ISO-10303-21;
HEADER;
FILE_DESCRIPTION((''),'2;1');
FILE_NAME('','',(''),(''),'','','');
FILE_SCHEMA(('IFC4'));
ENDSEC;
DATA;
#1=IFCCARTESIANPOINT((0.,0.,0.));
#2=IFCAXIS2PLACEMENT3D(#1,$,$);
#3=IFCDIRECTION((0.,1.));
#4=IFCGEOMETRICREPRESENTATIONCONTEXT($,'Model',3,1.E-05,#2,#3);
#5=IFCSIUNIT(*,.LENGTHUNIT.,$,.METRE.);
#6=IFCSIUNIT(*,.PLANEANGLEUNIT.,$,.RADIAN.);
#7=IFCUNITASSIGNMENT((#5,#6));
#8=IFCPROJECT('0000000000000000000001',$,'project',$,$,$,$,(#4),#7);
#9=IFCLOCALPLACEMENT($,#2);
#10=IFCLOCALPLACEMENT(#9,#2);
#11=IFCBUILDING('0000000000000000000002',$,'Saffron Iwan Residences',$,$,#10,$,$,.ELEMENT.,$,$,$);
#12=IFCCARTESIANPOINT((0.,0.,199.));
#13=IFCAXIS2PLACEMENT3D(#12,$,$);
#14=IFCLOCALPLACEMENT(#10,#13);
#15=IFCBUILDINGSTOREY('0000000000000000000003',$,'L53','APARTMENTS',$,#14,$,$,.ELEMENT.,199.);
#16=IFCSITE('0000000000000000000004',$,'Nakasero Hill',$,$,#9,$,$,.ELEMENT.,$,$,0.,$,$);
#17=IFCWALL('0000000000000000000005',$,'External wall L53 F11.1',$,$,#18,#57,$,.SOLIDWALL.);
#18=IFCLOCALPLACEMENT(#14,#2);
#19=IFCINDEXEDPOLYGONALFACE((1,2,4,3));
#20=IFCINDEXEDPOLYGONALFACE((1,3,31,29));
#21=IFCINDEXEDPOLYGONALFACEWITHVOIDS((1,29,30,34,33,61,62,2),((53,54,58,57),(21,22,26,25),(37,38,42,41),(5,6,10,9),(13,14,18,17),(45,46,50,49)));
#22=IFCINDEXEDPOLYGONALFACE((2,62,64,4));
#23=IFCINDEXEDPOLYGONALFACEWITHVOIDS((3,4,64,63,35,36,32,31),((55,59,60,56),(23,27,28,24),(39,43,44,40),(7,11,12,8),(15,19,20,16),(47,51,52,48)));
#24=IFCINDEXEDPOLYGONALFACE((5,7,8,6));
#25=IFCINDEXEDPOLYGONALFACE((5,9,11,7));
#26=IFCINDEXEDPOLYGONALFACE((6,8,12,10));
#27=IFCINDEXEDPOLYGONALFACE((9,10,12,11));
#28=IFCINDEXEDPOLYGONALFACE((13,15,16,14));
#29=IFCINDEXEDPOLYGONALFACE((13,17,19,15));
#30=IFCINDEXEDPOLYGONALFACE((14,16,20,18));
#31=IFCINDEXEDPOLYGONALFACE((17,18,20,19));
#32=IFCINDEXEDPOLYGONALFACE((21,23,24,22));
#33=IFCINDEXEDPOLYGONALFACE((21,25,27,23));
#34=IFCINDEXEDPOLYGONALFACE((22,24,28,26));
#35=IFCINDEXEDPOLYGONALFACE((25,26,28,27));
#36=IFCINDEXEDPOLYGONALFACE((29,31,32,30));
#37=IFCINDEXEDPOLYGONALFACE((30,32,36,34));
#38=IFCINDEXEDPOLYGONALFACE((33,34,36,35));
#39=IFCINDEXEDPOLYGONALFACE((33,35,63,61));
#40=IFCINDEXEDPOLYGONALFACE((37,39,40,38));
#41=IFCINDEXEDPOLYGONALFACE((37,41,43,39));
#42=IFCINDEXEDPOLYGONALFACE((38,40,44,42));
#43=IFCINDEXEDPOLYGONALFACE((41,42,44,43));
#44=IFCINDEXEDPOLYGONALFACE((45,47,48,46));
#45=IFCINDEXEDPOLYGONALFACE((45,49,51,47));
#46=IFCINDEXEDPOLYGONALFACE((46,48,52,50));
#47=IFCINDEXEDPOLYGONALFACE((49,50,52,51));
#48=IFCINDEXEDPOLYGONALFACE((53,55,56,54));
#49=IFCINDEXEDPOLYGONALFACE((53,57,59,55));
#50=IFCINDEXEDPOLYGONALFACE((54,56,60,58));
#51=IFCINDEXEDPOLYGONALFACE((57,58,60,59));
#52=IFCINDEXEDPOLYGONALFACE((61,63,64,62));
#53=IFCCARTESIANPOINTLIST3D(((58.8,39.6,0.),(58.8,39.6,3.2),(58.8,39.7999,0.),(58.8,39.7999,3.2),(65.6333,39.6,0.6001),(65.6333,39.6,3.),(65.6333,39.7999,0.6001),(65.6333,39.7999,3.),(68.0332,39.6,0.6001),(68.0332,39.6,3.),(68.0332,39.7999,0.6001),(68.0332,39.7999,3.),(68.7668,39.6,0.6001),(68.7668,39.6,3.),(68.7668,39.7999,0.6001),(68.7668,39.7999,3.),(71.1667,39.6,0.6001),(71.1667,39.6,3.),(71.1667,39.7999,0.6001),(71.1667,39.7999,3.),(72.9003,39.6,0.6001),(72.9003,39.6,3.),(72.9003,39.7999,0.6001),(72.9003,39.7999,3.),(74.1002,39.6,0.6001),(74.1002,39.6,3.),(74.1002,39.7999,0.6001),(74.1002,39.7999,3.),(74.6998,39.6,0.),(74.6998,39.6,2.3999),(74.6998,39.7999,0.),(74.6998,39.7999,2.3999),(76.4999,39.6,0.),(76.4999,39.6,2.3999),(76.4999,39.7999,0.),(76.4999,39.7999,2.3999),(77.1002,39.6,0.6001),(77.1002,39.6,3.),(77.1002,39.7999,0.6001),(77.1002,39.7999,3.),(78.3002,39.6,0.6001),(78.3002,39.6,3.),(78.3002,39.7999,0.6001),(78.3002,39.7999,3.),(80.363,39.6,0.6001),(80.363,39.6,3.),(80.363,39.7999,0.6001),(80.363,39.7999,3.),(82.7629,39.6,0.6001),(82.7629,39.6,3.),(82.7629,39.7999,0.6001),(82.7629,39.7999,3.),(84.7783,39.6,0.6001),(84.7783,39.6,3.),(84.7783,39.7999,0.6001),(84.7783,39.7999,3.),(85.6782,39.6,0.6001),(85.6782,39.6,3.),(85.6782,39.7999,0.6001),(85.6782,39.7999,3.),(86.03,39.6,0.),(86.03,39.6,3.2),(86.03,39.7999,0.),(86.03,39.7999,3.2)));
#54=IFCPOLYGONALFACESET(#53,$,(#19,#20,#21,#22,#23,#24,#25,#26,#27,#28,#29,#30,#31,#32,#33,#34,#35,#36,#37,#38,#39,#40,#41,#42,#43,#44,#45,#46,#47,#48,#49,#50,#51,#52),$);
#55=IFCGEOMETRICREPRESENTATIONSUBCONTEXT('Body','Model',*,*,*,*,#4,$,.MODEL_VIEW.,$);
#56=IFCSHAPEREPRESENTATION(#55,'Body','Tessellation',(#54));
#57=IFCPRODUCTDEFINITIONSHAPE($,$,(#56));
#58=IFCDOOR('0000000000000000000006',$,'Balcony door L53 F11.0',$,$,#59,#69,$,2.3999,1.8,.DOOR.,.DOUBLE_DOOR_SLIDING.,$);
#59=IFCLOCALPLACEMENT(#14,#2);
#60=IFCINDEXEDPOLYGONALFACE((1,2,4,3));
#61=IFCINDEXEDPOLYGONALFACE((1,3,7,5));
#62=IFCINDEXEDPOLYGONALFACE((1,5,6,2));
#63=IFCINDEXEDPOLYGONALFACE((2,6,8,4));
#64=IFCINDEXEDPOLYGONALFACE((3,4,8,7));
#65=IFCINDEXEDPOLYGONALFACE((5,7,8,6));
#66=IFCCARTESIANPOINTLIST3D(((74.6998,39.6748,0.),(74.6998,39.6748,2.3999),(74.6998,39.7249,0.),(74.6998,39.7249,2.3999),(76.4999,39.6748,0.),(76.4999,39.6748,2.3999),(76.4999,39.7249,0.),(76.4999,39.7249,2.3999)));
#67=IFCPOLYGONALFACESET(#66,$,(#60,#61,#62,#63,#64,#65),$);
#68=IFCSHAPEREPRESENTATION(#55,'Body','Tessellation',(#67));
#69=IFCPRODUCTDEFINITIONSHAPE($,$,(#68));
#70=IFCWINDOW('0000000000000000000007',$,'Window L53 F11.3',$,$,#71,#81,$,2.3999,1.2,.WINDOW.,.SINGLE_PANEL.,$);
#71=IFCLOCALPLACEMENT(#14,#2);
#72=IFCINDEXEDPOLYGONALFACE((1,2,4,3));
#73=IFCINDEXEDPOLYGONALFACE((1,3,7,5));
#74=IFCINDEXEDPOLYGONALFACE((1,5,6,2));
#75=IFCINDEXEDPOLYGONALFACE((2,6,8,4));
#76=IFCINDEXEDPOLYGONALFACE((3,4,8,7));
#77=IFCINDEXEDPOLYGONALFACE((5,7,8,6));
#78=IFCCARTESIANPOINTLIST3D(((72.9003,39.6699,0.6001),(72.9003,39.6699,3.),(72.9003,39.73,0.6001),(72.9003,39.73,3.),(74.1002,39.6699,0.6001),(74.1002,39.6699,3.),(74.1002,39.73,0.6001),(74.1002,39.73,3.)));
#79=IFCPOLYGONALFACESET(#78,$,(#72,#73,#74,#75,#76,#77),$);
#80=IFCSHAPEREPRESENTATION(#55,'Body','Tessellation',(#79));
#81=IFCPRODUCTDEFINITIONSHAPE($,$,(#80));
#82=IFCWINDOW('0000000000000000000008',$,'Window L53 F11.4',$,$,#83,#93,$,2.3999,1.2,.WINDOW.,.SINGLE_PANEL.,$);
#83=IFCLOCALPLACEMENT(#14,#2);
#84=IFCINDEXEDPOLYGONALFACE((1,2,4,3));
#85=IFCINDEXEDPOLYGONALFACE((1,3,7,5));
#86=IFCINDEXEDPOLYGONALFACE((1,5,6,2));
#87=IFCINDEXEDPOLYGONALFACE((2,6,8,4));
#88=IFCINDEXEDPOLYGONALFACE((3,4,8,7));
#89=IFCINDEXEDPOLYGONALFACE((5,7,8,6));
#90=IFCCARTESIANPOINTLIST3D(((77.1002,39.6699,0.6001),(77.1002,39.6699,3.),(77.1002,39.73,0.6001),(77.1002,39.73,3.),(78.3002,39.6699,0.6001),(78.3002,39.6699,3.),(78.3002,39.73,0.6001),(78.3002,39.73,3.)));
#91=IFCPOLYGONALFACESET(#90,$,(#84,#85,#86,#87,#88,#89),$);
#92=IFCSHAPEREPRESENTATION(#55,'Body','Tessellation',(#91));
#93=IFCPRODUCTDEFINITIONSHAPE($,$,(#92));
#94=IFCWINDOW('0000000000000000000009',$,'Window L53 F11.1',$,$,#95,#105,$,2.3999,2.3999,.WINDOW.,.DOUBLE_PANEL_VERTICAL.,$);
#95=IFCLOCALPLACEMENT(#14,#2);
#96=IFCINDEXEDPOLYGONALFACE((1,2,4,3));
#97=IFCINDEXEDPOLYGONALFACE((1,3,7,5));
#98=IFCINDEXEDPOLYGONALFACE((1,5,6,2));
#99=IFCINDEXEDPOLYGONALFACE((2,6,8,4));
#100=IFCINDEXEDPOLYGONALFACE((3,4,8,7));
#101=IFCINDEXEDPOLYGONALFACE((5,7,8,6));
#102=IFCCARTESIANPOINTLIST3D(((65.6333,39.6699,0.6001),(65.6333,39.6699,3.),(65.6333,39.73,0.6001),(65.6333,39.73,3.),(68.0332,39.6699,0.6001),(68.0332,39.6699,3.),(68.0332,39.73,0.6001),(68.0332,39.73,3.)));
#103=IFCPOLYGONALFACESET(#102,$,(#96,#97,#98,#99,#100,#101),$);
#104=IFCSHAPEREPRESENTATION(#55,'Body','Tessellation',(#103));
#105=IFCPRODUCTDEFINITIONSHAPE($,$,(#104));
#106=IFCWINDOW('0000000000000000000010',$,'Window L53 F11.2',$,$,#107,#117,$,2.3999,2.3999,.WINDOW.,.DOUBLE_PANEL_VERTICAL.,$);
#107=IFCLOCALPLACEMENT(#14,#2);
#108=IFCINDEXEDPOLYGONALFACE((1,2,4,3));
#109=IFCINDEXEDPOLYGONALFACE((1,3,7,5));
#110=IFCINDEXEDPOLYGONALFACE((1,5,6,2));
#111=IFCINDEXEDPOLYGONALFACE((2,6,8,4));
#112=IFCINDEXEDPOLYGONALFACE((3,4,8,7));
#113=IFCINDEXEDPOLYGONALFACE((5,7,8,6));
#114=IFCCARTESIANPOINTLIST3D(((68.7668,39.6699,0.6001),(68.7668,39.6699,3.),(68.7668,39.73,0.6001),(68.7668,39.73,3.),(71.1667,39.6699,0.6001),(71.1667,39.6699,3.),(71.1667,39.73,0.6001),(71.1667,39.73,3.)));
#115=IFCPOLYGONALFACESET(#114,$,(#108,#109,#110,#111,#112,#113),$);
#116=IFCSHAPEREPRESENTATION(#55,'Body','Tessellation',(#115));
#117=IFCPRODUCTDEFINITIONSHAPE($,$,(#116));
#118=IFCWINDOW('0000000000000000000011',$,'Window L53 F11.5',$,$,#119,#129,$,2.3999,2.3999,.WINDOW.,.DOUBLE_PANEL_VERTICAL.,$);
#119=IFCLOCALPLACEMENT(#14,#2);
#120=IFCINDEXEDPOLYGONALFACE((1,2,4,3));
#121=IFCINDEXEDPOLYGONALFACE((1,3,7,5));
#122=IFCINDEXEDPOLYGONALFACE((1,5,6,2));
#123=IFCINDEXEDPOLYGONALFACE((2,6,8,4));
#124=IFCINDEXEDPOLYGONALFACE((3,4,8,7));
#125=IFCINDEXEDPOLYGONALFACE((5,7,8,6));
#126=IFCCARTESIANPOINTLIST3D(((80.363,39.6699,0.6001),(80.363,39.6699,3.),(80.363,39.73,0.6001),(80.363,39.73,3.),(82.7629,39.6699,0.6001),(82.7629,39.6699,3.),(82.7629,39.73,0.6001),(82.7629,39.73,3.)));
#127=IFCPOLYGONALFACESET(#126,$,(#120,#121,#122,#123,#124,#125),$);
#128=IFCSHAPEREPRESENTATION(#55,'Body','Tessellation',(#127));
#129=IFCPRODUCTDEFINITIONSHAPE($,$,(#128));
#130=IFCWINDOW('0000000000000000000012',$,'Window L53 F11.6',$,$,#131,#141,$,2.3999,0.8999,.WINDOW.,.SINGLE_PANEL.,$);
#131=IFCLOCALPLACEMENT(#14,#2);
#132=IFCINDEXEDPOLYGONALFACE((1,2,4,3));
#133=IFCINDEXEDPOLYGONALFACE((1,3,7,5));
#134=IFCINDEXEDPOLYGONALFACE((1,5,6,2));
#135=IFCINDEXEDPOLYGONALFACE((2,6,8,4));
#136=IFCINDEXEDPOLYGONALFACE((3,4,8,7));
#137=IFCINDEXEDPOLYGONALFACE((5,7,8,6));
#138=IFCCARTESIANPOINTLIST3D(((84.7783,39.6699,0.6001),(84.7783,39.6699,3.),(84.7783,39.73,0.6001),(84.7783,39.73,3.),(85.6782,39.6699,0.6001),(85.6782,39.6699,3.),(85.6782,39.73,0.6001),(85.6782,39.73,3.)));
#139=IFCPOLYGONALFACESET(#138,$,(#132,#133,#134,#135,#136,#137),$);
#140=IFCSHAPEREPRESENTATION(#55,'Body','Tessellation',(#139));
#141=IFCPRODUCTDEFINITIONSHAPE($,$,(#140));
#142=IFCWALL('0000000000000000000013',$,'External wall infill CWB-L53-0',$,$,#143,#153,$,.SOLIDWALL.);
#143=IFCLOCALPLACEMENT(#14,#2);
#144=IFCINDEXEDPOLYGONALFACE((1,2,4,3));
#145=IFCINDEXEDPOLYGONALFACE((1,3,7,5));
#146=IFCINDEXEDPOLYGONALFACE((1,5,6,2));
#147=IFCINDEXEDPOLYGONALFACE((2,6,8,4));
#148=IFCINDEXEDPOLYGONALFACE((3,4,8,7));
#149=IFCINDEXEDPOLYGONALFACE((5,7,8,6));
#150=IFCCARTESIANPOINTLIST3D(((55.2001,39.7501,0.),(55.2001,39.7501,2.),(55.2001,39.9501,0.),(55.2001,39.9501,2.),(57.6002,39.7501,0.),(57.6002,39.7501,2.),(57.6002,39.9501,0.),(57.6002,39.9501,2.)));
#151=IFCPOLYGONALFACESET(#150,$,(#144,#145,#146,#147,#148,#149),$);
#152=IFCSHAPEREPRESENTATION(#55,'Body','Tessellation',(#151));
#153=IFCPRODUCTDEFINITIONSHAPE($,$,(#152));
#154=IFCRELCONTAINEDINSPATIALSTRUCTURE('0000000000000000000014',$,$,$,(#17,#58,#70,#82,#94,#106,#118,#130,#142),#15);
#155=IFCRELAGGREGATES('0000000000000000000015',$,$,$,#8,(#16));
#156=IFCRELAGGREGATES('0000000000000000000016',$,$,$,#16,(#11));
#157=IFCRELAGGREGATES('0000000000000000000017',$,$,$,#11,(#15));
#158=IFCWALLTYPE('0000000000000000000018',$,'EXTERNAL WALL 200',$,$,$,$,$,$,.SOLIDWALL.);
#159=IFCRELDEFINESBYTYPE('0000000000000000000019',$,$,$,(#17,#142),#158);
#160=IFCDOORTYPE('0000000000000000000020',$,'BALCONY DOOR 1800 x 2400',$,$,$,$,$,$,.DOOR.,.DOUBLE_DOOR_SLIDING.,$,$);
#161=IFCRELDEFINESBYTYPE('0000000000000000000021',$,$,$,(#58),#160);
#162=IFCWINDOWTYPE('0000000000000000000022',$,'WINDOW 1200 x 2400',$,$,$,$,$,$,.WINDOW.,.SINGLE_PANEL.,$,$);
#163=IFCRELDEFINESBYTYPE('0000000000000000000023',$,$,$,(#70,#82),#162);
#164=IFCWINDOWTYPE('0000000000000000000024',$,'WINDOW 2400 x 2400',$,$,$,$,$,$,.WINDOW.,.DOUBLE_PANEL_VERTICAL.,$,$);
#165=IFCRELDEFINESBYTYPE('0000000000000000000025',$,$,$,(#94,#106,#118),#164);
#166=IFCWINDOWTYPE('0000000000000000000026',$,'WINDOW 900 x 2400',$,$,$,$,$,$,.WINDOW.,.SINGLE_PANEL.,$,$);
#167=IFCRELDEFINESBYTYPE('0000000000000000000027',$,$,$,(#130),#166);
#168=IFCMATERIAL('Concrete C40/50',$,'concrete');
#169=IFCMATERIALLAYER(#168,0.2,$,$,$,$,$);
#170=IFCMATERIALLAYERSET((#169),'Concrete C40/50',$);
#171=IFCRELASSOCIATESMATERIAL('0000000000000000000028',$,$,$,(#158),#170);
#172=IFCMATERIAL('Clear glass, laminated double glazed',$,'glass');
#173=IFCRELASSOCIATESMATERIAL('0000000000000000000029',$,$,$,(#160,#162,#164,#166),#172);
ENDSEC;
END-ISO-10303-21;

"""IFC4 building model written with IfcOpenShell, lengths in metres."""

from ifc_helpers import new_model, si_unit, direction, frame, frame_2d, origin, place, context, subcontext, project, spatial, rectangle, extrude, material, layer, layer_set, type_object, element, fill, save


model = new_model("IFC4")

# Units and contexts
model_context = context("Model", 3, precision=1e-05, world=origin(), true_north=direction((0.0, 1.0)))
body_context = subcontext(model_context, "Body", "Model", "MODEL_VIEW")
ifc_project = project(units=[si_unit("LENGTHUNIT", "METRE"), si_unit("PLANEANGLEUNIT", "RADIAN")], contexts=[model_context])

# Site, building, storey
site_placement = place(None, origin())
site = spatial("IfcSite", under=ifc_project, at=site_placement, Name="Nakasero Hill", CompositionType="ELEMENT", RefElevation=0.0)
building_placement = place(site_placement, origin())
building = spatial("IfcBuilding", under=site, at=building_placement, Name="Saffron Iwan Residences", CompositionType="ELEMENT")
storey_placement = place(building_placement, frame((0.0, 0.0, 199.0)))
storey = spatial("IfcBuildingStorey", under=building, at=storey_placement, Name="L53", Description="APARTMENTS", CompositionType="ELEMENT", Elevation=199.0)

# Shared definitions
ifc_material_1 = material(Name="Clear glass, laminated double glazed", Category="glass")

# Wall, openings, door, windows
ifc_material_2 = material(Name="Concrete C40/50", Category="concrete")
ifc_layer_1 = layer(ifc_material_2, 0.2)
ifc_layer_set_1 = layer_set([ifc_layer_1], Name="Concrete C40/50")
wall_type_1 = type_object("IfcWallType", Name="EXTERNAL WALL 200", PredefinedType="SOLIDWALL", material=ifc_layer_set_1)
wall_1_placement = place(storey_placement, frame((58.8, 39.7, 0.0), z_axis=(0.0, 0.0, 1.0), x_axis=(1.0, 0.0, 0.0)))
wall_1 = element("IfcWall", 1, at=wall_1_placement, inside=storey, type_object=wall_type_1, Name="External wall L53 F11.1", PredefinedType="SOLIDWALL", context=body_context, shape_type="SweptSolid", body=[
    extrude(rectangle(XDim=27.23, YDim=0.2, at=frame_2d((13.615, 0.0))), origin(), (0.0, 0.0, 1.0), 3.2),
])
opening_1_placement = place(wall_1_placement, frame((15.8999, 0.0, 0.0)))
opening_1 = element("IfcOpeningElement", 2, at=opening_1_placement, cuts=wall_1, PredefinedType="OPENING", context=body_context, shape_type="SweptSolid", body=[
    extrude(rectangle(XDim=1.8, YDim=2.3999, at=frame_2d((0.8999, 1.2))), frame((0.0, 0.1099, 0.0), z_axis=(0.0, -1.0, 0.0), x_axis=(1.0, 0.0, 0.0)), (0.0, 0.0, 1.0), 0.22),
])
opening_2_placement = place(wall_1_placement, frame((6.8333, 0.0, 0.6001)))
opening_2 = element("IfcOpeningElement", 3, at=opening_2_placement, cuts=wall_1, PredefinedType="OPENING", context=body_context, shape_type="SweptSolid", body=[
    extrude(rectangle(XDim=2.3999, YDim=2.3999, at=frame_2d((1.2, 1.2))), frame((0.0, 0.1099, 0.0), z_axis=(0.0, -1.0, 0.0), x_axis=(1.0, 0.0, 0.0)), (0.0, 0.0, 1.0), 0.22),
])
opening_3_placement = place(wall_1_placement, frame((9.9668, 0.0, 0.6001)))
opening_3 = element("IfcOpeningElement", 4, at=opening_3_placement, cuts=wall_1, PredefinedType="OPENING", context=body_context, shape_type="SweptSolid", body=[
    extrude(rectangle(XDim=2.3999, YDim=2.3999, at=frame_2d((1.2, 1.2))), frame((0.0, 0.1099, 0.0), z_axis=(0.0, -1.0, 0.0), x_axis=(1.0, 0.0, 0.0)), (0.0, 0.0, 1.0), 0.22),
])
opening_4_placement = place(wall_1_placement, frame((14.1001, 0.0, 0.6001)))
opening_4 = element("IfcOpeningElement", 5, at=opening_4_placement, cuts=wall_1, PredefinedType="OPENING", context=body_context, shape_type="SweptSolid", body=[
    extrude(rectangle(XDim=1.2, YDim=2.3999, at=frame_2d((0.6001, 1.2))), frame((0.0, 0.1099, 0.0), z_axis=(0.0, -1.0, 0.0), x_axis=(1.0, 0.0, 0.0)), (0.0, 0.0, 1.0), 0.22),
])
opening_5_placement = place(wall_1_placement, frame((18.3, 0.0, 0.6001)))
opening_5 = element("IfcOpeningElement", 6, at=opening_5_placement, cuts=wall_1, PredefinedType="OPENING", context=body_context, shape_type="SweptSolid", body=[
    extrude(rectangle(XDim=1.2, YDim=2.3999, at=frame_2d((0.6001, 1.2))), frame((0.0, 0.1099, 0.0), z_axis=(0.0, -1.0, 0.0), x_axis=(1.0, 0.0, 0.0)), (0.0, 0.0, 1.0), 0.22),
])
opening_6_placement = place(wall_1_placement, frame((21.563, 0.0, 0.6001)))
opening_6 = element("IfcOpeningElement", 7, at=opening_6_placement, cuts=wall_1, PredefinedType="OPENING", context=body_context, shape_type="SweptSolid", body=[
    extrude(rectangle(XDim=2.3999, YDim=2.3999, at=frame_2d((1.2, 1.2))), frame((0.0, 0.1099, 0.0), z_axis=(0.0, -1.0, 0.0), x_axis=(1.0, 0.0, 0.0)), (0.0, 0.0, 1.0), 0.22),
])
opening_7_placement = place(wall_1_placement, frame((25.9783, 0.0, 0.6001)))
opening_7 = element("IfcOpeningElement", 8, at=opening_7_placement, cuts=wall_1, PredefinedType="OPENING", context=body_context, shape_type="SweptSolid", body=[
    extrude(rectangle(XDim=0.8999, YDim=2.3999, at=frame_2d((0.45, 1.2))), frame((0.0, 0.1099, 0.0), z_axis=(0.0, -1.0, 0.0), x_axis=(1.0, 0.0, 0.0)), (0.0, 0.0, 1.0), 0.22),
])
door_type_1 = type_object("IfcDoorType", Name="BALCONY DOOR 1800 x 2400", OperationType="DOUBLE_DOOR_SLIDING", PredefinedType="DOOR", material=ifc_material_1)
door_1_placement = place(opening_1_placement, origin())
door_1 = element("IfcDoor", 9, at=door_1_placement, inside=storey, type_object=door_type_1, Name="Balcony door L53 F11.0", OperationType="DOUBLE_DOOR_SLIDING", OverallHeight=2.3999, OverallWidth=1.8, PredefinedType="DOOR", context=body_context, shape_type="SweptSolid", body=[
    extrude(rectangle(XDim=1.8, YDim=2.3999, at=frame_2d((0.8999, 1.2))), frame((0.0, 0.0249, 0.0), z_axis=(0.0, -1.0, 0.0), x_axis=(1.0, 0.0, 0.0)), (0.0, 0.0, 1.0), 0.05),
])
fill(opening_1, door_1)
window_type_1 = type_object("IfcWindowType", Name="WINDOW 1200 x 2400", PartitioningType="SINGLE_PANEL", PredefinedType="WINDOW", material=ifc_material_1)
window_1_placement = place(opening_4_placement, origin())
window_1 = element("IfcWindow", 10, at=window_1_placement, inside=storey, type_object=window_type_1, Name="Window L53 F11.3", OverallHeight=2.3999, OverallWidth=1.2, PartitioningType="SINGLE_PANEL", PredefinedType="WINDOW", context=body_context, shape_type="SweptSolid", body=[
    extrude(rectangle(XDim=1.2, YDim=2.3999, at=frame_2d((0.6001, 1.2))), frame((0.0, 0.03, 0.0), z_axis=(0.0, -1.0, 0.0), x_axis=(1.0, 0.0, 0.0)), (0.0, 0.0, 1.0), 0.0601),
])
fill(opening_4, window_1)
window_2_placement = place(opening_5_placement, origin())
window_2 = element("IfcWindow", 11, at=window_2_placement, inside=storey, type_object=window_type_1, Name="Window L53 F11.4", OverallHeight=2.3999, OverallWidth=1.2, PartitioningType="SINGLE_PANEL", PredefinedType="WINDOW", context=body_context, shape_type="SweptSolid", body=[
    extrude(rectangle(XDim=1.2, YDim=2.3999, at=frame_2d((0.6001, 1.2))), frame((0.0, 0.03, 0.0), z_axis=(0.0, -1.0, 0.0), x_axis=(1.0, 0.0, 0.0)), (0.0, 0.0, 1.0), 0.0601),
])
fill(opening_5, window_2)
window_type_2 = type_object("IfcWindowType", Name="WINDOW 2400 x 2400", PartitioningType="DOUBLE_PANEL_VERTICAL", PredefinedType="WINDOW", material=ifc_material_1)
window_3_placement = place(opening_2_placement, origin())
window_3 = element("IfcWindow", 12, at=window_3_placement, inside=storey, type_object=window_type_2, Name="Window L53 F11.1", OverallHeight=2.3999, OverallWidth=2.3999, PartitioningType="DOUBLE_PANEL_VERTICAL", PredefinedType="WINDOW", context=body_context, shape_type="SweptSolid", body=[
    extrude(rectangle(XDim=2.3999, YDim=2.3999, at=frame_2d((1.2, 1.2))), frame((0.0, 0.03, 0.0), z_axis=(0.0, -1.0, 0.0), x_axis=(1.0, 0.0, 0.0)), (0.0, 0.0, 1.0), 0.0601),
])
fill(opening_2, window_3)
window_4_placement = place(opening_3_placement, origin())
window_4 = element("IfcWindow", 13, at=window_4_placement, inside=storey, type_object=window_type_2, Name="Window L53 F11.2", OverallHeight=2.3999, OverallWidth=2.3999, PartitioningType="DOUBLE_PANEL_VERTICAL", PredefinedType="WINDOW", context=body_context, shape_type="SweptSolid", body=[
    extrude(rectangle(XDim=2.3999, YDim=2.3999, at=frame_2d((1.2, 1.2))), frame((0.0, 0.03, 0.0), z_axis=(0.0, -1.0, 0.0), x_axis=(1.0, 0.0, 0.0)), (0.0, 0.0, 1.0), 0.0601),
])
fill(opening_3, window_4)
window_5_placement = place(opening_6_placement, origin())
window_5 = element("IfcWindow", 14, at=window_5_placement, inside=storey, type_object=window_type_2, Name="Window L53 F11.5", OverallHeight=2.3999, OverallWidth=2.3999, PartitioningType="DOUBLE_PANEL_VERTICAL", PredefinedType="WINDOW", context=body_context, shape_type="SweptSolid", body=[
    extrude(rectangle(XDim=2.3999, YDim=2.3999, at=frame_2d((1.2, 1.2))), frame((0.0, 0.03, 0.0), z_axis=(0.0, -1.0, 0.0), x_axis=(1.0, 0.0, 0.0)), (0.0, 0.0, 1.0), 0.0601),
])
fill(opening_6, window_5)
window_type_3 = type_object("IfcWindowType", Name="WINDOW 900 x 2400", PartitioningType="SINGLE_PANEL", PredefinedType="WINDOW", material=ifc_material_1)
window_6_placement = place(opening_7_placement, origin())
window_6 = element("IfcWindow", 15, at=window_6_placement, inside=storey, type_object=window_type_3, Name="Window L53 F11.6", OverallHeight=2.3999, OverallWidth=0.8999, PartitioningType="SINGLE_PANEL", PredefinedType="WINDOW", context=body_context, shape_type="SweptSolid", body=[
    extrude(rectangle(XDim=0.8999, YDim=2.3999, at=frame_2d((0.45, 1.2))), frame((0.0, 0.03, 0.0), z_axis=(0.0, -1.0, 0.0), x_axis=(1.0, 0.0, 0.0)), (0.0, 0.0, 1.0), 0.0601),
])
fill(opening_7, window_6)

# Wall
wall_2_placement = place(storey_placement, frame((55.2, 39.8501, 0.0), z_axis=(0.0, 0.0, 1.0), x_axis=(1.0, 0.0, 0.0)))
element("IfcWall", 16, at=wall_2_placement, inside=storey, type_object=wall_type_1, Name="External wall infill CWB-L53-0", PredefinedType="SOLIDWALL", context=body_context, shape_type="SweptSolid", body=[
    extrude(rectangle(XDim=2.4001, YDim=0.2, at=frame_2d((1.2002, 0.0))), origin(), (0.0, 0.0, 1.0), 2.0),
])

save(model, "model.ifc")
